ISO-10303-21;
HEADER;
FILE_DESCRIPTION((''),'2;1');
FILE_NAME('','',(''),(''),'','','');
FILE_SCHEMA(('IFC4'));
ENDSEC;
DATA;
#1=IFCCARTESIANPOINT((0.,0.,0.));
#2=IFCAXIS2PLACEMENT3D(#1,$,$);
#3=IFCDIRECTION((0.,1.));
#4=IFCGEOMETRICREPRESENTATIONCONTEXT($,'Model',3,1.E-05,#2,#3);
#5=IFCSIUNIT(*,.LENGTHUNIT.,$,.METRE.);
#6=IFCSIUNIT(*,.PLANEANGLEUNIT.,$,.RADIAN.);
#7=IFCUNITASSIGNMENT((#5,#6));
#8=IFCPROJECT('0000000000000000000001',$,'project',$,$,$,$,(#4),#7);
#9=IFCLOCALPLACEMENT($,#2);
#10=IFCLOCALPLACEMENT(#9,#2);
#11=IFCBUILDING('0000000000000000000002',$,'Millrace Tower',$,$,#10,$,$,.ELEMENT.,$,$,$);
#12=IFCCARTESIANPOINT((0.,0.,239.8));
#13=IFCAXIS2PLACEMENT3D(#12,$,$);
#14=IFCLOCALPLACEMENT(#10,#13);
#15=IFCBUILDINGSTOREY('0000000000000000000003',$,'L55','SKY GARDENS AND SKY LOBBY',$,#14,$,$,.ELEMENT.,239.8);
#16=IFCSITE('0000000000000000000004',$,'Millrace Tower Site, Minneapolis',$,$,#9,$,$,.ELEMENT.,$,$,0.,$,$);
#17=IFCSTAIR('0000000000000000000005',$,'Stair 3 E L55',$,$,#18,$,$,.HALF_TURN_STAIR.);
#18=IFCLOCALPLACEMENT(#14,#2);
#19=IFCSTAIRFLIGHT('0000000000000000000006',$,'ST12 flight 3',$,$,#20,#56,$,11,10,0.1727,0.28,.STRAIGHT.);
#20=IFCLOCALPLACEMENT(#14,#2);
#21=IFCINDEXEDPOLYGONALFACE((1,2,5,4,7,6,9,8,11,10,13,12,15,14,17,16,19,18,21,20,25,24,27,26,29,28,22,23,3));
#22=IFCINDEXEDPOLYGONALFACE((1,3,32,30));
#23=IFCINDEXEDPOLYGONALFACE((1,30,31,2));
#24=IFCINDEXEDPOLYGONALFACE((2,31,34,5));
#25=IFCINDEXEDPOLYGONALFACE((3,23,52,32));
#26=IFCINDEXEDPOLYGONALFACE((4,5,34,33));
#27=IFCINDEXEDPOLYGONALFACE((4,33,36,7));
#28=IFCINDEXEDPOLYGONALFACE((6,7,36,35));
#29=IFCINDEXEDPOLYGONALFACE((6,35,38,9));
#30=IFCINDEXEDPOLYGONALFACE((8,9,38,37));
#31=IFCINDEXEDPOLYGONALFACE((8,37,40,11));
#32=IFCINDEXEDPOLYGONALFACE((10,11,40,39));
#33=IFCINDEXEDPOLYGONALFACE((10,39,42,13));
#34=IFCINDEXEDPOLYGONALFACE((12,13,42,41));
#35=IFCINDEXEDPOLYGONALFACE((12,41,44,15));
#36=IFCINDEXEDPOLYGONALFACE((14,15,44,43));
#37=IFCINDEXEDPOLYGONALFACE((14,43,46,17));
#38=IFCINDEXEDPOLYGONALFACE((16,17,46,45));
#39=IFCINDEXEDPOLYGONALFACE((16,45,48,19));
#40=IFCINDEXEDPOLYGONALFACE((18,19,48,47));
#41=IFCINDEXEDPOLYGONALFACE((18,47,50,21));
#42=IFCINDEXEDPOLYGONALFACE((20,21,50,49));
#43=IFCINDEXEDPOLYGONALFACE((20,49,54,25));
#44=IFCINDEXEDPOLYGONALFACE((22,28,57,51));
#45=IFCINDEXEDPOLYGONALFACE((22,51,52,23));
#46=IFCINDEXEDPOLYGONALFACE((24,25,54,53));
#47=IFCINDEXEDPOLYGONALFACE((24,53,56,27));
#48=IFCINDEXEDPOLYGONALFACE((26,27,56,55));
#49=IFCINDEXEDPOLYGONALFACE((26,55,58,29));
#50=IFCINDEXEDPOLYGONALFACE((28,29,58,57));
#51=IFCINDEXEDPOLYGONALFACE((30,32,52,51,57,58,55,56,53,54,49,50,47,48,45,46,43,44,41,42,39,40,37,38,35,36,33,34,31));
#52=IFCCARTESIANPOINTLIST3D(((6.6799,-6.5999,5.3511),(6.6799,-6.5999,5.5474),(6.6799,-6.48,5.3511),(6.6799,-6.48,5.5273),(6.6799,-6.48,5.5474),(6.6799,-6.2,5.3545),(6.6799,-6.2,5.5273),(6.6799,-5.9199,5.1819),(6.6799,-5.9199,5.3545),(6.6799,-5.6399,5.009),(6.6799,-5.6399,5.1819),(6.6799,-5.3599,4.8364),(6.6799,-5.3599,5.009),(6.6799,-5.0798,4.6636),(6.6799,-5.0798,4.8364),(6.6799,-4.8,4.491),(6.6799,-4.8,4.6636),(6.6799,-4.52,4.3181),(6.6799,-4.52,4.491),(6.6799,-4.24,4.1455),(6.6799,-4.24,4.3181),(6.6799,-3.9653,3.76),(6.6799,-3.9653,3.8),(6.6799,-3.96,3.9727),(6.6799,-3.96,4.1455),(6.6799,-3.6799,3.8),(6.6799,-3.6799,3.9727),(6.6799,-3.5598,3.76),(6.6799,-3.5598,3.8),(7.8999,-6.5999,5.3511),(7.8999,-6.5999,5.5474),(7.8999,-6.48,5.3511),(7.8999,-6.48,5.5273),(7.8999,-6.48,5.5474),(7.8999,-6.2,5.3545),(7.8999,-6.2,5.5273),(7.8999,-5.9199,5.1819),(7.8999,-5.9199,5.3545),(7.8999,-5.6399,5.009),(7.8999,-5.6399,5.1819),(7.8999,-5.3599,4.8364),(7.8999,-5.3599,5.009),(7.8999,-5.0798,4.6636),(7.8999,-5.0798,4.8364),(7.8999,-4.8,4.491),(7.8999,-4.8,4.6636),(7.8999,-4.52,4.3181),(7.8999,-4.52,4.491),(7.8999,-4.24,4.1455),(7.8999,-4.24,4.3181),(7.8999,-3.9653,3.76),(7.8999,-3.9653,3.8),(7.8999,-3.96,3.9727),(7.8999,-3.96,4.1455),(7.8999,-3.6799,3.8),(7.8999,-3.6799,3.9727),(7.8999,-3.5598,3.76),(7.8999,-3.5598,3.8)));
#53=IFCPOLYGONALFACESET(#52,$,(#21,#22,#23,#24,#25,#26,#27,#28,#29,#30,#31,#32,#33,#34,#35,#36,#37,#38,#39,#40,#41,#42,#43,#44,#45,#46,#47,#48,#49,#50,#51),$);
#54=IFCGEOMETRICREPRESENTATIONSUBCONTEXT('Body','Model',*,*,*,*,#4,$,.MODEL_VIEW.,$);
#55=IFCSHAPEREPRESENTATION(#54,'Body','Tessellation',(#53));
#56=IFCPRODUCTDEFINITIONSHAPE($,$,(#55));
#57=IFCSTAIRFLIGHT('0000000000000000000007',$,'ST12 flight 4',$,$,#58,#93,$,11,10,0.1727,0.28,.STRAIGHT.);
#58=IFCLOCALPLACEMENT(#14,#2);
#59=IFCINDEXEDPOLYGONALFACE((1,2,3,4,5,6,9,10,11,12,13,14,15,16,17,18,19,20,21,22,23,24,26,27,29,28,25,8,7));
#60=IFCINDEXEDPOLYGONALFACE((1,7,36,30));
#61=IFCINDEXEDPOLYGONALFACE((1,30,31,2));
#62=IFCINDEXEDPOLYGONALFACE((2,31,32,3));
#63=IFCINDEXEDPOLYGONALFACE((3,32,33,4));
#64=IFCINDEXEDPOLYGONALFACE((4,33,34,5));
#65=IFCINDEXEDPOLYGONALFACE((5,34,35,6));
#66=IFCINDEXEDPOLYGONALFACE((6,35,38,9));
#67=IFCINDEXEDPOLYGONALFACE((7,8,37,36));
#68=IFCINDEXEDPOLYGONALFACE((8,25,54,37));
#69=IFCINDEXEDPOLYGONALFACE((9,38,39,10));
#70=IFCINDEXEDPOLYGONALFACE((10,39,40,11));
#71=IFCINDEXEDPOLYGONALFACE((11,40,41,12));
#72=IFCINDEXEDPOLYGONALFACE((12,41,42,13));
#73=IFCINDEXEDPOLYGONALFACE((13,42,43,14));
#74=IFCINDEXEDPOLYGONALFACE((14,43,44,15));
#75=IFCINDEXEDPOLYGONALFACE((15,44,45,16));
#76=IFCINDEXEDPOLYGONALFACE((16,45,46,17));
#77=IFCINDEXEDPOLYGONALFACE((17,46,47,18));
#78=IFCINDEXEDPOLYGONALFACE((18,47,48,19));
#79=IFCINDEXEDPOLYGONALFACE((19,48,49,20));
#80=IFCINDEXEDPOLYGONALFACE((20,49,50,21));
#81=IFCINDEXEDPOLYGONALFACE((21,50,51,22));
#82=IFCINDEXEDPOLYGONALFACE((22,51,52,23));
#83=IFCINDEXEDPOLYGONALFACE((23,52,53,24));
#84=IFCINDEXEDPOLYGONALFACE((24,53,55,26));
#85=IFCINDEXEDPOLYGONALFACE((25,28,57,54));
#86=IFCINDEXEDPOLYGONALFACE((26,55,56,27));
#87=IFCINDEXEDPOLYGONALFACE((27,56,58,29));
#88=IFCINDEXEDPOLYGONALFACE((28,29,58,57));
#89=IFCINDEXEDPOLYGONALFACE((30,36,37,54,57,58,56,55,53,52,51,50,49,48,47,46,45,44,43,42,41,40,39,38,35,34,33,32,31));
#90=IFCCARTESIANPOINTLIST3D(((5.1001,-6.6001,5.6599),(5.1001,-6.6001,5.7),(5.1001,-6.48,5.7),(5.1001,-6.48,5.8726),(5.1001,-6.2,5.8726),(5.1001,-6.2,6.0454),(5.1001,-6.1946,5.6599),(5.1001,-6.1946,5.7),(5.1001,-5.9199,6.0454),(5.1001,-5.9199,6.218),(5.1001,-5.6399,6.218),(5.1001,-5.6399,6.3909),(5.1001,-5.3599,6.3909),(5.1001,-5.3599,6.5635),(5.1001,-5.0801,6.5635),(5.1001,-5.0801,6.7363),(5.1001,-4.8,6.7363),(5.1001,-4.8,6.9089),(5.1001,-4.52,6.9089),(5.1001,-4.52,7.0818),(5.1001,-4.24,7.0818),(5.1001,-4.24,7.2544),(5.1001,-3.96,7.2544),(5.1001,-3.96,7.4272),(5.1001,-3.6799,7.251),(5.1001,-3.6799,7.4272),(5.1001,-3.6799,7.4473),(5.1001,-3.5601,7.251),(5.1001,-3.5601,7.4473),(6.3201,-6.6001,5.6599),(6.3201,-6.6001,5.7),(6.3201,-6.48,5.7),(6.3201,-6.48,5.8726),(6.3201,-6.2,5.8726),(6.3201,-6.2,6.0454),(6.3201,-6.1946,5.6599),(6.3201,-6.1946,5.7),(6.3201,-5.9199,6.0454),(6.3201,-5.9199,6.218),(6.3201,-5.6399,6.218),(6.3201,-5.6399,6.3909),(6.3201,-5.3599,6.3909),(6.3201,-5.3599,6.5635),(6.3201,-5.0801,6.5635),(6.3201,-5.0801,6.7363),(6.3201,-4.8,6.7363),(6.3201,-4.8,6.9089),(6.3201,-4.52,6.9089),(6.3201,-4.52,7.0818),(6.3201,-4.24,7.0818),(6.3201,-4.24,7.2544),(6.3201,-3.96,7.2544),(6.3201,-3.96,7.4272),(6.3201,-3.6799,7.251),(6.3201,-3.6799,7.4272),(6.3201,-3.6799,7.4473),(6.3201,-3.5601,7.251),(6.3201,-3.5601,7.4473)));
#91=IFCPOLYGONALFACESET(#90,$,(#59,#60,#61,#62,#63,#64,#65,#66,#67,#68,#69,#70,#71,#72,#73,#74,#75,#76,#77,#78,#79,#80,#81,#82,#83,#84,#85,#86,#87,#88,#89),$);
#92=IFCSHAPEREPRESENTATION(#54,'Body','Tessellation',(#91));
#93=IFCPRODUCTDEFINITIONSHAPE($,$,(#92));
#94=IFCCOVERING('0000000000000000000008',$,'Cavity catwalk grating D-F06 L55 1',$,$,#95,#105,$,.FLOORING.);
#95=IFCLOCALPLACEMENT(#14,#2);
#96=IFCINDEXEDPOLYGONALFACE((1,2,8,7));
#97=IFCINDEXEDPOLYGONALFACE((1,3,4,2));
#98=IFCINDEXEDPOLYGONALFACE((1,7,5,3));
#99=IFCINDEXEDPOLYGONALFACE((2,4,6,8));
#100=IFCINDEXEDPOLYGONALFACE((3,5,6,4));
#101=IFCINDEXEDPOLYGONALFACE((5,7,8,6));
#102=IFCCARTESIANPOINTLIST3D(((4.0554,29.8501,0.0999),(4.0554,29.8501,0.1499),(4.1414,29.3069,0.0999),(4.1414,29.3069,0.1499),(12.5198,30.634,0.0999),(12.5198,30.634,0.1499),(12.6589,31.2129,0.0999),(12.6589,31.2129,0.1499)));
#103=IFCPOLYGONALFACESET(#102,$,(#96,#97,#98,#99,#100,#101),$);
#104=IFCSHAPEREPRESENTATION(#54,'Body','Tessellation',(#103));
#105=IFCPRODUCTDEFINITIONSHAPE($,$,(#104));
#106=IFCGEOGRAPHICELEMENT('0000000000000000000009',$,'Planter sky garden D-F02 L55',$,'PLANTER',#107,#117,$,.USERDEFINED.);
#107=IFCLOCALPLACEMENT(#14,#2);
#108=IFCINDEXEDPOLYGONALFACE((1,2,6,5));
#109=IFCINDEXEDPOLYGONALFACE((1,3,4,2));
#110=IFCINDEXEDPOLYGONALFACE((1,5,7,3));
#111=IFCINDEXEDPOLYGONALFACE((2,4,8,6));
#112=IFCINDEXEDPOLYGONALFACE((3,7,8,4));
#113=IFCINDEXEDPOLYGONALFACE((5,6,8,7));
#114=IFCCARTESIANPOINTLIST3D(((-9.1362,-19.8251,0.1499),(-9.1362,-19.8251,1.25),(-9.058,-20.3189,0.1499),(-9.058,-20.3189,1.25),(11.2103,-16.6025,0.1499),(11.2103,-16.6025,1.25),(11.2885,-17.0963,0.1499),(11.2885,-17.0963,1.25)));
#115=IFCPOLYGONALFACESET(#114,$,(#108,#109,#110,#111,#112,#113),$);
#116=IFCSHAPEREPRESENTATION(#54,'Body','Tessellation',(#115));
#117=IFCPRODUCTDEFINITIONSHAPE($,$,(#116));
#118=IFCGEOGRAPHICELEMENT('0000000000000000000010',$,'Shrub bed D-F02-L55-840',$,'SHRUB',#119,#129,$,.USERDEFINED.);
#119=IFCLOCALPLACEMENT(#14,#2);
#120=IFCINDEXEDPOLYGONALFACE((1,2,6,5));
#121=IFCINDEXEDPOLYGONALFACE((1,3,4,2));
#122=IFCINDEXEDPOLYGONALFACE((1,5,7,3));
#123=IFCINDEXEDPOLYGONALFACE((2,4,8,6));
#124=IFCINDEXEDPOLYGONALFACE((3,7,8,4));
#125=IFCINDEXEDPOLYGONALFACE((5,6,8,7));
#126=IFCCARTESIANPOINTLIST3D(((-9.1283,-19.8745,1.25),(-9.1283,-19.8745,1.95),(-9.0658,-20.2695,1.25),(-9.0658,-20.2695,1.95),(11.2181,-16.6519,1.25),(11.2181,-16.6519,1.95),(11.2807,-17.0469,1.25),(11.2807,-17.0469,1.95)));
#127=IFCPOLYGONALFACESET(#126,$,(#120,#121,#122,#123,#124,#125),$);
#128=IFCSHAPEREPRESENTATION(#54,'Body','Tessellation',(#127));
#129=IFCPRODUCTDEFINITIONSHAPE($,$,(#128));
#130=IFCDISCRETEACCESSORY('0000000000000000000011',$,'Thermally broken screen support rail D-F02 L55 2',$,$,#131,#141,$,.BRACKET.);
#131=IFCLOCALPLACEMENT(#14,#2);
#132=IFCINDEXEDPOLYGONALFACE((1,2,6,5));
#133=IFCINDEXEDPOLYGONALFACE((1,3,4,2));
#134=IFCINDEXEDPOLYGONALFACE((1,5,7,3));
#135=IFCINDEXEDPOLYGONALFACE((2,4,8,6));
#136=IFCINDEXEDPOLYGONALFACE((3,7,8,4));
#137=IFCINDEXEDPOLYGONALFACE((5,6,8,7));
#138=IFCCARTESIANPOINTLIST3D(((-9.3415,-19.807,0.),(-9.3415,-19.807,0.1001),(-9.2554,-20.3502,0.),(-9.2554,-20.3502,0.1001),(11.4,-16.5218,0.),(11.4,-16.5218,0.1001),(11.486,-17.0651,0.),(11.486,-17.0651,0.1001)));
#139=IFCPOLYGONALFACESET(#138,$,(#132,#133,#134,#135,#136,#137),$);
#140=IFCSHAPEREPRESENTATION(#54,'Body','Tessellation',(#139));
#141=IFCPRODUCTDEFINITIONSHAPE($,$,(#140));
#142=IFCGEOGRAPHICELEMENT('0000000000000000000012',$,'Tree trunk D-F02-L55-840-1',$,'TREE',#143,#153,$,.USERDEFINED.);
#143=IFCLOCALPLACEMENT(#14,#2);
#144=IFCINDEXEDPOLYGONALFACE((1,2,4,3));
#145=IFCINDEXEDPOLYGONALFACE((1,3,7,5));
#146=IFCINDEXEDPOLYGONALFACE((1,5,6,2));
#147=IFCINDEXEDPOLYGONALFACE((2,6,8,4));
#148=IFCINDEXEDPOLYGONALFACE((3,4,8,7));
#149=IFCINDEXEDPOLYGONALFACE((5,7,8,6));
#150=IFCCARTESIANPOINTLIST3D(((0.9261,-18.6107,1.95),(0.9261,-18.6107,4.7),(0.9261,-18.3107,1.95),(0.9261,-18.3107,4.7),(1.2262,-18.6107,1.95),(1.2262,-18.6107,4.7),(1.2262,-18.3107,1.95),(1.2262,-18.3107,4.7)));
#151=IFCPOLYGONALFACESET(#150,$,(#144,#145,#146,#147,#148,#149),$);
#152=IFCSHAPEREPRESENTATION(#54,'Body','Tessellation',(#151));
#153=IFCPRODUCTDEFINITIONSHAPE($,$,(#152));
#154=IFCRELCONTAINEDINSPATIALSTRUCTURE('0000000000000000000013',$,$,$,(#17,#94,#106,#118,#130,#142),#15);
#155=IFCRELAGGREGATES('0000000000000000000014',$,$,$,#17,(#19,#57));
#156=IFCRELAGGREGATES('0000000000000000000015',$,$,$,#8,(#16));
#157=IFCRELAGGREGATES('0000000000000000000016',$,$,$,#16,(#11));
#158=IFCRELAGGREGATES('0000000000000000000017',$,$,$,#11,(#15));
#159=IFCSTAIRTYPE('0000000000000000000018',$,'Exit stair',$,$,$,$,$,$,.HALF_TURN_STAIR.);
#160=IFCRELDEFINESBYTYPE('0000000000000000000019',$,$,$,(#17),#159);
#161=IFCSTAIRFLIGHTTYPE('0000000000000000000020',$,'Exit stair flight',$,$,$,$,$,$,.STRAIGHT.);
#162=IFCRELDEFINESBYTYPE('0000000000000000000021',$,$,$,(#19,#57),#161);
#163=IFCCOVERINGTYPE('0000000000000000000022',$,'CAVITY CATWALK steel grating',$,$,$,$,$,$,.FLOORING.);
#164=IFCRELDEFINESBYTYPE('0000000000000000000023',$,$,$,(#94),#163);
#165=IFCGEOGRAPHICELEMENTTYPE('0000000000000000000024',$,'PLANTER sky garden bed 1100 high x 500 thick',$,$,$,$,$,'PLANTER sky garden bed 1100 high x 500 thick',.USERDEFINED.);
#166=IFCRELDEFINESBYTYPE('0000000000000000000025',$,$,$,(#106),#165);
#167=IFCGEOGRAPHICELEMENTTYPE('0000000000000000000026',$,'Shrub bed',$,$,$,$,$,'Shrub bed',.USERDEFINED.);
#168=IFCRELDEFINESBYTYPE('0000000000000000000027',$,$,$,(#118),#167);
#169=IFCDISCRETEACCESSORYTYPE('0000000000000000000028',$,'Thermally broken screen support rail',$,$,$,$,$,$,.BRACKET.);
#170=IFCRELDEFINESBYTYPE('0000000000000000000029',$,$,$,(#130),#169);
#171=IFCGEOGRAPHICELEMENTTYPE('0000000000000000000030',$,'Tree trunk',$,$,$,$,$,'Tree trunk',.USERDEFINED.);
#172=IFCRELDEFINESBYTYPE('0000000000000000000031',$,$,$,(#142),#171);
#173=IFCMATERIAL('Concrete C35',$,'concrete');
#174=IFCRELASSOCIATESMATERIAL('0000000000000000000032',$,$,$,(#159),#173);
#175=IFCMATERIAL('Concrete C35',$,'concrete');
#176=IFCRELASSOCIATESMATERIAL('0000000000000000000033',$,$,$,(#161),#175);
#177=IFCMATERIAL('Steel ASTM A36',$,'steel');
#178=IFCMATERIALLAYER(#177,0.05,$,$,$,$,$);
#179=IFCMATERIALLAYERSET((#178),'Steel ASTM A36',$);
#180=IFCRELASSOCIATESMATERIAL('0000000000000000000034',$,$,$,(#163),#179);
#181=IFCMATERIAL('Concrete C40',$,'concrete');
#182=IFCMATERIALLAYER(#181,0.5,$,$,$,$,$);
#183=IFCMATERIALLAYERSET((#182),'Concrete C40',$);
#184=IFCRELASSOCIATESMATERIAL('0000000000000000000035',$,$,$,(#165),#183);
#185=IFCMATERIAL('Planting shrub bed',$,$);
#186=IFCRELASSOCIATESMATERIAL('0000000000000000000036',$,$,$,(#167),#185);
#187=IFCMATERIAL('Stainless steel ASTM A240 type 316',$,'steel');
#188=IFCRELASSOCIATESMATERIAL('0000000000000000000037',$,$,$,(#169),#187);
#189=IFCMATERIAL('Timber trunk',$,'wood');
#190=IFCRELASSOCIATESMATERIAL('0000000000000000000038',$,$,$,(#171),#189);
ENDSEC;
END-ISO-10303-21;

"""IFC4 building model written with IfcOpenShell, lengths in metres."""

from ifc_helpers import new_model, si_unit, direction, frame, origin, origin_2d, place, context, subcontext, project, spatial, polyline, rectangle, outline, extrude, material, layer, layer_set, type_object, element, aggregate, save


model = new_model("IFC4")

# Units and contexts
model_context = context("Model", 3, precision=1e-05, world=origin(), true_north=direction((0.0, 1.0)))
body_context = subcontext(model_context, "Body", "Model", "MODEL_VIEW")
ifc_project = project(units=[si_unit("LENGTHUNIT", "METRE"), si_unit("PLANEANGLEUNIT", "RADIAN")], contexts=[model_context])

# Site, building, storey
site_placement = place(None, origin())
site = spatial("IfcSite", under=ifc_project, at=site_placement, Name="Millrace Tower Site, Minneapolis", CompositionType="ELEMENT", RefElevation=0.0)
building_placement = place(site_placement, origin())
building = spatial("IfcBuilding", under=site, at=building_placement, Name="Millrace Tower", CompositionType="ELEMENT")
storey_placement = place(building_placement, frame((0.0, 0.0, 239.8)))
storey = spatial("IfcBuildingStorey", under=building, at=storey_placement, Name="L55", Description="SKY GARDENS AND SKY LOBBY", CompositionType="ELEMENT", Elevation=239.8)

# Shared definitions
placement_1 = place(storey_placement, origin())

# Stair, stair flights
ifc_material_1 = material(Name="Concrete C35", Category="concrete")
stair_type = type_object("IfcStairType", Name="Exit stair", PredefinedType="HALF_TURN_STAIR", material=ifc_material_1)
stair = element("IfcStair", 1, at=placement_1, inside=storey, type_object=stair_type, Name="Stair 3 E L55", PredefinedType="HALF_TURN_STAIR")
ifc_material_2 = material(Name="Concrete C35", Category="concrete")
stair_flight_type = type_object("IfcStairFlightType", Name="Exit stair flight", PredefinedType="STRAIGHT", material=ifc_material_2)
stair_flight_1_placement = place(storey_placement, frame((7.29, -3.6799, 3.8), z_axis=(0.0, 0.0, 1.0), x_axis=(0.0, -1.0, 0.0)))
stair_flight_1 = element("IfcStairFlight", 2, at=stair_flight_1_placement, type_object=stair_flight_type, Name="ST12 flight 3", NumberOfRisers=11, NumberOfTreads=10, PredefinedType="STRAIGHT", RiserHeight=0.1727, TreadLength=0.28, context=body_context, shape_type="SweptSolid", body=[
    extrude(outline(polyline([(-0.1201, -0.04), (-0.1201, 0.0), (0.0, 0.0), (0.0, 0.1726), (0.28, 0.1726), (0.28, 0.3455), (0.5601, 0.3455), (0.5601, 0.5181), (0.8401, 0.5181), (0.8401, 0.6909), (1.1201, 0.6909), (1.1201, 0.8635), (1.3999, 0.8635), (1.3999, 1.0364), (1.6799, 1.0364), (1.6799, 1.209), (1.96, 1.209), (1.96, 1.3818), (2.24, 1.3818), (2.24, 1.5544), (2.52, 1.5544), (2.52, 1.7273), (2.8, 1.7273), (2.8, 1.7473), (2.9199, 1.7473), (2.9199, 1.551), (2.8, 1.551), (0.2854, 0.0), (0.2854, -0.04), (-0.1201, -0.04)])), frame((0.0, 0.6099, 0.0), z_axis=(0.0, -1.0, 0.0), x_axis=(1.0, 0.0, 0.0)), (0.0, 0.0, 1.0), 1.22),
])
stair_flight_2_placement = place(storey_placement, frame((5.71, -6.48, 5.7), z_axis=(0.0, 0.0, 1.0), x_axis=(0.0, 1.0, 0.0)))
stair_flight_2 = element("IfcStairFlight", 3, at=stair_flight_2_placement, type_object=stair_flight_type, Name="ST12 flight 4", NumberOfRisers=11, NumberOfTreads=10, PredefinedType="STRAIGHT", RiserHeight=0.1727, TreadLength=0.28, context=body_context, shape_type="SweptSolid", body=[
    extrude(outline(polyline([(-0.1201, -0.04), (-0.1201, 0.0), (0.0, 0.0), (0.0, 0.1726), (0.28, 0.1726), (0.28, 0.3455), (0.5601, 0.3455), (0.5601, 0.5181), (0.8401, 0.5181), (0.8401, 0.6909), (1.1201, 0.6909), (1.1201, 0.8635), (1.3999, 0.8635), (1.3999, 1.0364), (1.6799, 1.0364), (1.6799, 1.209), (1.96, 1.209), (1.96, 1.3818), (2.24, 1.3818), (2.24, 1.5544), (2.52, 1.5544), (2.52, 1.7273), (2.8, 1.7273), (2.8, 1.7473), (2.9199, 1.7473), (2.9199, 1.551), (2.8, 1.551), (0.2854, 0.0), (0.2854, -0.04), (-0.1201, -0.04)])), frame((0.0, 0.6099, 0.0), z_axis=(0.0, -1.0, 0.0), x_axis=(1.0, 0.0, 0.0)), (0.0, 0.0, 1.0), 1.22),
])
aggregate(stair, [stair_flight_1, stair_flight_2])

# Covering
ifc_material_3 = material(Name="Steel ASTM A36", Category="steel")
ifc_layer_1 = layer(ifc_material_3, 0.05)
ifc_layer_set_1 = layer_set([ifc_layer_1], Name="Steel ASTM A36")
covering_type = type_object("IfcCoveringType", Name="CAVITY CATWALK steel grating", PredefinedType="FLOORING", material=ifc_layer_set_1)
covering_placement = place(storey_placement, frame((0.0, 0.0, 0.0999)))
element("IfcCovering", 4, at=covering_placement, inside=storey, type_object=covering_type, Name="Cavity catwalk grating D-F06 L55 1", PredefinedType="FLOORING", context=body_context, shape_type="SweptSolid", body=[
    extrude(outline(polyline([(12.6589, 31.2129), (4.0554, 29.8501), (4.1414, 29.3069), (12.5198, 30.634), (12.6589, 31.2129)])), origin(), (0.0, 0.0, 1.0), 0.05),
])

# Geographic elements
ifc_material_4 = material(Name="Concrete C40", Category="concrete")
ifc_layer_2 = layer(ifc_material_4, 0.5)
ifc_layer_set_2 = layer_set([ifc_layer_2], Name="Concrete C40")
geographic_element_type_1 = type_object("IfcGeographicElementType", Name="PLANTER sky garden bed 1100 high x 500 thick", ElementType="PLANTER sky garden bed 1100 high x 500 thick", PredefinedType="USERDEFINED", material=ifc_layer_set_2)
geographic_element_1_placement = place(storey_placement, frame((1.0762, -18.4607, 0.1499), z_axis=(0.0, 0.0, 1.0), x_axis=(0.987688, 0.156434, 0.0)))
element("IfcGeographicElement", 5, at=geographic_element_1_placement, inside=storey, type_object=geographic_element_type_1, Name="Planter sky garden D-F02 L55", ObjectType="PLANTER", PredefinedType="USERDEFINED", context=body_context, shape_type="SweptSolid", body=[
    extrude(rectangle(XDim=20.6001, YDim=0.5, at=origin_2d()), origin(), (0.0, 0.0, 1.0), 1.1001),
])
ifc_material_5 = material(Name="Planting shrub bed")
geographic_element_type_2 = type_object("IfcGeographicElementType", Name="Shrub bed", ElementType="Shrub bed", PredefinedType="USERDEFINED", material=ifc_material_5)
geographic_element_2_placement = place(storey_placement, frame((1.0762, -18.4607, 1.25), z_axis=(0.0, 0.0, 1.0), x_axis=(0.987688, 0.156434, 0.0)))
element("IfcGeographicElement", 6, at=geographic_element_2_placement, inside=storey, type_object=geographic_element_type_2, Name="Shrub bed D-F02-L55-840", ObjectType="SHRUB", PredefinedType="USERDEFINED", context=body_context, shape_type="SweptSolid", body=[
    extrude(rectangle(XDim=20.6001, YDim=0.3999, at=origin_2d()), origin(), (0.0, 0.0, 1.0), 0.7),
])

# Discrete accessory
ifc_material_6 = material(Name="Stainless steel ASTM A240 type 316", Category="steel")
discrete_accessory_type = type_object("IfcDiscreteAccessoryType", Name="Thermally broken screen support rail", PredefinedType="BRACKET", material=ifc_material_6)
discrete_accessory_placement = place(storey_placement, frame((1.0723, -18.436, 0.0), z_axis=(0.0, 0.0, 1.0), x_axis=(0.987688, 0.156434, 0.0)))
element("IfcDiscreteAccessory", 7, at=discrete_accessory_placement, inside=storey, type_object=discrete_accessory_type, Name="Thermally broken screen support rail D-F02 L55 2", PredefinedType="BRACKET", context=body_context, shape_type="SweptSolid", body=[
    extrude(rectangle(XDim=21.0, YDim=0.55, at=origin_2d()), origin(), (0.0, 0.0, 1.0), 0.1001),
])

# Geographic element
ifc_material_7 = material(Name="Timber trunk", Category="wood")
geographic_element_type_3 = type_object("IfcGeographicElementType", Name="Tree trunk", ElementType="Tree trunk", PredefinedType="USERDEFINED", material=ifc_material_7)
geographic_element_3_placement = place(storey_placement, frame((1.0762, -18.4607, 1.95), z_axis=(0.0, 0.0, 1.0), x_axis=(1.0, 0.0, 0.0)))
element("IfcGeographicElement", 8, at=geographic_element_3_placement, inside=storey, type_object=geographic_element_type_3, Name="Tree trunk D-F02-L55-840-1", ObjectType="TREE", PredefinedType="USERDEFINED", context=body_context, shape_type="SweptSolid", body=[
    extrude(rectangle(XDim=0.3, YDim=0.3, at=origin_2d()), origin(), (0.0, 0.0, 1.0), 2.75),
])

save(model, "model.ifc")
